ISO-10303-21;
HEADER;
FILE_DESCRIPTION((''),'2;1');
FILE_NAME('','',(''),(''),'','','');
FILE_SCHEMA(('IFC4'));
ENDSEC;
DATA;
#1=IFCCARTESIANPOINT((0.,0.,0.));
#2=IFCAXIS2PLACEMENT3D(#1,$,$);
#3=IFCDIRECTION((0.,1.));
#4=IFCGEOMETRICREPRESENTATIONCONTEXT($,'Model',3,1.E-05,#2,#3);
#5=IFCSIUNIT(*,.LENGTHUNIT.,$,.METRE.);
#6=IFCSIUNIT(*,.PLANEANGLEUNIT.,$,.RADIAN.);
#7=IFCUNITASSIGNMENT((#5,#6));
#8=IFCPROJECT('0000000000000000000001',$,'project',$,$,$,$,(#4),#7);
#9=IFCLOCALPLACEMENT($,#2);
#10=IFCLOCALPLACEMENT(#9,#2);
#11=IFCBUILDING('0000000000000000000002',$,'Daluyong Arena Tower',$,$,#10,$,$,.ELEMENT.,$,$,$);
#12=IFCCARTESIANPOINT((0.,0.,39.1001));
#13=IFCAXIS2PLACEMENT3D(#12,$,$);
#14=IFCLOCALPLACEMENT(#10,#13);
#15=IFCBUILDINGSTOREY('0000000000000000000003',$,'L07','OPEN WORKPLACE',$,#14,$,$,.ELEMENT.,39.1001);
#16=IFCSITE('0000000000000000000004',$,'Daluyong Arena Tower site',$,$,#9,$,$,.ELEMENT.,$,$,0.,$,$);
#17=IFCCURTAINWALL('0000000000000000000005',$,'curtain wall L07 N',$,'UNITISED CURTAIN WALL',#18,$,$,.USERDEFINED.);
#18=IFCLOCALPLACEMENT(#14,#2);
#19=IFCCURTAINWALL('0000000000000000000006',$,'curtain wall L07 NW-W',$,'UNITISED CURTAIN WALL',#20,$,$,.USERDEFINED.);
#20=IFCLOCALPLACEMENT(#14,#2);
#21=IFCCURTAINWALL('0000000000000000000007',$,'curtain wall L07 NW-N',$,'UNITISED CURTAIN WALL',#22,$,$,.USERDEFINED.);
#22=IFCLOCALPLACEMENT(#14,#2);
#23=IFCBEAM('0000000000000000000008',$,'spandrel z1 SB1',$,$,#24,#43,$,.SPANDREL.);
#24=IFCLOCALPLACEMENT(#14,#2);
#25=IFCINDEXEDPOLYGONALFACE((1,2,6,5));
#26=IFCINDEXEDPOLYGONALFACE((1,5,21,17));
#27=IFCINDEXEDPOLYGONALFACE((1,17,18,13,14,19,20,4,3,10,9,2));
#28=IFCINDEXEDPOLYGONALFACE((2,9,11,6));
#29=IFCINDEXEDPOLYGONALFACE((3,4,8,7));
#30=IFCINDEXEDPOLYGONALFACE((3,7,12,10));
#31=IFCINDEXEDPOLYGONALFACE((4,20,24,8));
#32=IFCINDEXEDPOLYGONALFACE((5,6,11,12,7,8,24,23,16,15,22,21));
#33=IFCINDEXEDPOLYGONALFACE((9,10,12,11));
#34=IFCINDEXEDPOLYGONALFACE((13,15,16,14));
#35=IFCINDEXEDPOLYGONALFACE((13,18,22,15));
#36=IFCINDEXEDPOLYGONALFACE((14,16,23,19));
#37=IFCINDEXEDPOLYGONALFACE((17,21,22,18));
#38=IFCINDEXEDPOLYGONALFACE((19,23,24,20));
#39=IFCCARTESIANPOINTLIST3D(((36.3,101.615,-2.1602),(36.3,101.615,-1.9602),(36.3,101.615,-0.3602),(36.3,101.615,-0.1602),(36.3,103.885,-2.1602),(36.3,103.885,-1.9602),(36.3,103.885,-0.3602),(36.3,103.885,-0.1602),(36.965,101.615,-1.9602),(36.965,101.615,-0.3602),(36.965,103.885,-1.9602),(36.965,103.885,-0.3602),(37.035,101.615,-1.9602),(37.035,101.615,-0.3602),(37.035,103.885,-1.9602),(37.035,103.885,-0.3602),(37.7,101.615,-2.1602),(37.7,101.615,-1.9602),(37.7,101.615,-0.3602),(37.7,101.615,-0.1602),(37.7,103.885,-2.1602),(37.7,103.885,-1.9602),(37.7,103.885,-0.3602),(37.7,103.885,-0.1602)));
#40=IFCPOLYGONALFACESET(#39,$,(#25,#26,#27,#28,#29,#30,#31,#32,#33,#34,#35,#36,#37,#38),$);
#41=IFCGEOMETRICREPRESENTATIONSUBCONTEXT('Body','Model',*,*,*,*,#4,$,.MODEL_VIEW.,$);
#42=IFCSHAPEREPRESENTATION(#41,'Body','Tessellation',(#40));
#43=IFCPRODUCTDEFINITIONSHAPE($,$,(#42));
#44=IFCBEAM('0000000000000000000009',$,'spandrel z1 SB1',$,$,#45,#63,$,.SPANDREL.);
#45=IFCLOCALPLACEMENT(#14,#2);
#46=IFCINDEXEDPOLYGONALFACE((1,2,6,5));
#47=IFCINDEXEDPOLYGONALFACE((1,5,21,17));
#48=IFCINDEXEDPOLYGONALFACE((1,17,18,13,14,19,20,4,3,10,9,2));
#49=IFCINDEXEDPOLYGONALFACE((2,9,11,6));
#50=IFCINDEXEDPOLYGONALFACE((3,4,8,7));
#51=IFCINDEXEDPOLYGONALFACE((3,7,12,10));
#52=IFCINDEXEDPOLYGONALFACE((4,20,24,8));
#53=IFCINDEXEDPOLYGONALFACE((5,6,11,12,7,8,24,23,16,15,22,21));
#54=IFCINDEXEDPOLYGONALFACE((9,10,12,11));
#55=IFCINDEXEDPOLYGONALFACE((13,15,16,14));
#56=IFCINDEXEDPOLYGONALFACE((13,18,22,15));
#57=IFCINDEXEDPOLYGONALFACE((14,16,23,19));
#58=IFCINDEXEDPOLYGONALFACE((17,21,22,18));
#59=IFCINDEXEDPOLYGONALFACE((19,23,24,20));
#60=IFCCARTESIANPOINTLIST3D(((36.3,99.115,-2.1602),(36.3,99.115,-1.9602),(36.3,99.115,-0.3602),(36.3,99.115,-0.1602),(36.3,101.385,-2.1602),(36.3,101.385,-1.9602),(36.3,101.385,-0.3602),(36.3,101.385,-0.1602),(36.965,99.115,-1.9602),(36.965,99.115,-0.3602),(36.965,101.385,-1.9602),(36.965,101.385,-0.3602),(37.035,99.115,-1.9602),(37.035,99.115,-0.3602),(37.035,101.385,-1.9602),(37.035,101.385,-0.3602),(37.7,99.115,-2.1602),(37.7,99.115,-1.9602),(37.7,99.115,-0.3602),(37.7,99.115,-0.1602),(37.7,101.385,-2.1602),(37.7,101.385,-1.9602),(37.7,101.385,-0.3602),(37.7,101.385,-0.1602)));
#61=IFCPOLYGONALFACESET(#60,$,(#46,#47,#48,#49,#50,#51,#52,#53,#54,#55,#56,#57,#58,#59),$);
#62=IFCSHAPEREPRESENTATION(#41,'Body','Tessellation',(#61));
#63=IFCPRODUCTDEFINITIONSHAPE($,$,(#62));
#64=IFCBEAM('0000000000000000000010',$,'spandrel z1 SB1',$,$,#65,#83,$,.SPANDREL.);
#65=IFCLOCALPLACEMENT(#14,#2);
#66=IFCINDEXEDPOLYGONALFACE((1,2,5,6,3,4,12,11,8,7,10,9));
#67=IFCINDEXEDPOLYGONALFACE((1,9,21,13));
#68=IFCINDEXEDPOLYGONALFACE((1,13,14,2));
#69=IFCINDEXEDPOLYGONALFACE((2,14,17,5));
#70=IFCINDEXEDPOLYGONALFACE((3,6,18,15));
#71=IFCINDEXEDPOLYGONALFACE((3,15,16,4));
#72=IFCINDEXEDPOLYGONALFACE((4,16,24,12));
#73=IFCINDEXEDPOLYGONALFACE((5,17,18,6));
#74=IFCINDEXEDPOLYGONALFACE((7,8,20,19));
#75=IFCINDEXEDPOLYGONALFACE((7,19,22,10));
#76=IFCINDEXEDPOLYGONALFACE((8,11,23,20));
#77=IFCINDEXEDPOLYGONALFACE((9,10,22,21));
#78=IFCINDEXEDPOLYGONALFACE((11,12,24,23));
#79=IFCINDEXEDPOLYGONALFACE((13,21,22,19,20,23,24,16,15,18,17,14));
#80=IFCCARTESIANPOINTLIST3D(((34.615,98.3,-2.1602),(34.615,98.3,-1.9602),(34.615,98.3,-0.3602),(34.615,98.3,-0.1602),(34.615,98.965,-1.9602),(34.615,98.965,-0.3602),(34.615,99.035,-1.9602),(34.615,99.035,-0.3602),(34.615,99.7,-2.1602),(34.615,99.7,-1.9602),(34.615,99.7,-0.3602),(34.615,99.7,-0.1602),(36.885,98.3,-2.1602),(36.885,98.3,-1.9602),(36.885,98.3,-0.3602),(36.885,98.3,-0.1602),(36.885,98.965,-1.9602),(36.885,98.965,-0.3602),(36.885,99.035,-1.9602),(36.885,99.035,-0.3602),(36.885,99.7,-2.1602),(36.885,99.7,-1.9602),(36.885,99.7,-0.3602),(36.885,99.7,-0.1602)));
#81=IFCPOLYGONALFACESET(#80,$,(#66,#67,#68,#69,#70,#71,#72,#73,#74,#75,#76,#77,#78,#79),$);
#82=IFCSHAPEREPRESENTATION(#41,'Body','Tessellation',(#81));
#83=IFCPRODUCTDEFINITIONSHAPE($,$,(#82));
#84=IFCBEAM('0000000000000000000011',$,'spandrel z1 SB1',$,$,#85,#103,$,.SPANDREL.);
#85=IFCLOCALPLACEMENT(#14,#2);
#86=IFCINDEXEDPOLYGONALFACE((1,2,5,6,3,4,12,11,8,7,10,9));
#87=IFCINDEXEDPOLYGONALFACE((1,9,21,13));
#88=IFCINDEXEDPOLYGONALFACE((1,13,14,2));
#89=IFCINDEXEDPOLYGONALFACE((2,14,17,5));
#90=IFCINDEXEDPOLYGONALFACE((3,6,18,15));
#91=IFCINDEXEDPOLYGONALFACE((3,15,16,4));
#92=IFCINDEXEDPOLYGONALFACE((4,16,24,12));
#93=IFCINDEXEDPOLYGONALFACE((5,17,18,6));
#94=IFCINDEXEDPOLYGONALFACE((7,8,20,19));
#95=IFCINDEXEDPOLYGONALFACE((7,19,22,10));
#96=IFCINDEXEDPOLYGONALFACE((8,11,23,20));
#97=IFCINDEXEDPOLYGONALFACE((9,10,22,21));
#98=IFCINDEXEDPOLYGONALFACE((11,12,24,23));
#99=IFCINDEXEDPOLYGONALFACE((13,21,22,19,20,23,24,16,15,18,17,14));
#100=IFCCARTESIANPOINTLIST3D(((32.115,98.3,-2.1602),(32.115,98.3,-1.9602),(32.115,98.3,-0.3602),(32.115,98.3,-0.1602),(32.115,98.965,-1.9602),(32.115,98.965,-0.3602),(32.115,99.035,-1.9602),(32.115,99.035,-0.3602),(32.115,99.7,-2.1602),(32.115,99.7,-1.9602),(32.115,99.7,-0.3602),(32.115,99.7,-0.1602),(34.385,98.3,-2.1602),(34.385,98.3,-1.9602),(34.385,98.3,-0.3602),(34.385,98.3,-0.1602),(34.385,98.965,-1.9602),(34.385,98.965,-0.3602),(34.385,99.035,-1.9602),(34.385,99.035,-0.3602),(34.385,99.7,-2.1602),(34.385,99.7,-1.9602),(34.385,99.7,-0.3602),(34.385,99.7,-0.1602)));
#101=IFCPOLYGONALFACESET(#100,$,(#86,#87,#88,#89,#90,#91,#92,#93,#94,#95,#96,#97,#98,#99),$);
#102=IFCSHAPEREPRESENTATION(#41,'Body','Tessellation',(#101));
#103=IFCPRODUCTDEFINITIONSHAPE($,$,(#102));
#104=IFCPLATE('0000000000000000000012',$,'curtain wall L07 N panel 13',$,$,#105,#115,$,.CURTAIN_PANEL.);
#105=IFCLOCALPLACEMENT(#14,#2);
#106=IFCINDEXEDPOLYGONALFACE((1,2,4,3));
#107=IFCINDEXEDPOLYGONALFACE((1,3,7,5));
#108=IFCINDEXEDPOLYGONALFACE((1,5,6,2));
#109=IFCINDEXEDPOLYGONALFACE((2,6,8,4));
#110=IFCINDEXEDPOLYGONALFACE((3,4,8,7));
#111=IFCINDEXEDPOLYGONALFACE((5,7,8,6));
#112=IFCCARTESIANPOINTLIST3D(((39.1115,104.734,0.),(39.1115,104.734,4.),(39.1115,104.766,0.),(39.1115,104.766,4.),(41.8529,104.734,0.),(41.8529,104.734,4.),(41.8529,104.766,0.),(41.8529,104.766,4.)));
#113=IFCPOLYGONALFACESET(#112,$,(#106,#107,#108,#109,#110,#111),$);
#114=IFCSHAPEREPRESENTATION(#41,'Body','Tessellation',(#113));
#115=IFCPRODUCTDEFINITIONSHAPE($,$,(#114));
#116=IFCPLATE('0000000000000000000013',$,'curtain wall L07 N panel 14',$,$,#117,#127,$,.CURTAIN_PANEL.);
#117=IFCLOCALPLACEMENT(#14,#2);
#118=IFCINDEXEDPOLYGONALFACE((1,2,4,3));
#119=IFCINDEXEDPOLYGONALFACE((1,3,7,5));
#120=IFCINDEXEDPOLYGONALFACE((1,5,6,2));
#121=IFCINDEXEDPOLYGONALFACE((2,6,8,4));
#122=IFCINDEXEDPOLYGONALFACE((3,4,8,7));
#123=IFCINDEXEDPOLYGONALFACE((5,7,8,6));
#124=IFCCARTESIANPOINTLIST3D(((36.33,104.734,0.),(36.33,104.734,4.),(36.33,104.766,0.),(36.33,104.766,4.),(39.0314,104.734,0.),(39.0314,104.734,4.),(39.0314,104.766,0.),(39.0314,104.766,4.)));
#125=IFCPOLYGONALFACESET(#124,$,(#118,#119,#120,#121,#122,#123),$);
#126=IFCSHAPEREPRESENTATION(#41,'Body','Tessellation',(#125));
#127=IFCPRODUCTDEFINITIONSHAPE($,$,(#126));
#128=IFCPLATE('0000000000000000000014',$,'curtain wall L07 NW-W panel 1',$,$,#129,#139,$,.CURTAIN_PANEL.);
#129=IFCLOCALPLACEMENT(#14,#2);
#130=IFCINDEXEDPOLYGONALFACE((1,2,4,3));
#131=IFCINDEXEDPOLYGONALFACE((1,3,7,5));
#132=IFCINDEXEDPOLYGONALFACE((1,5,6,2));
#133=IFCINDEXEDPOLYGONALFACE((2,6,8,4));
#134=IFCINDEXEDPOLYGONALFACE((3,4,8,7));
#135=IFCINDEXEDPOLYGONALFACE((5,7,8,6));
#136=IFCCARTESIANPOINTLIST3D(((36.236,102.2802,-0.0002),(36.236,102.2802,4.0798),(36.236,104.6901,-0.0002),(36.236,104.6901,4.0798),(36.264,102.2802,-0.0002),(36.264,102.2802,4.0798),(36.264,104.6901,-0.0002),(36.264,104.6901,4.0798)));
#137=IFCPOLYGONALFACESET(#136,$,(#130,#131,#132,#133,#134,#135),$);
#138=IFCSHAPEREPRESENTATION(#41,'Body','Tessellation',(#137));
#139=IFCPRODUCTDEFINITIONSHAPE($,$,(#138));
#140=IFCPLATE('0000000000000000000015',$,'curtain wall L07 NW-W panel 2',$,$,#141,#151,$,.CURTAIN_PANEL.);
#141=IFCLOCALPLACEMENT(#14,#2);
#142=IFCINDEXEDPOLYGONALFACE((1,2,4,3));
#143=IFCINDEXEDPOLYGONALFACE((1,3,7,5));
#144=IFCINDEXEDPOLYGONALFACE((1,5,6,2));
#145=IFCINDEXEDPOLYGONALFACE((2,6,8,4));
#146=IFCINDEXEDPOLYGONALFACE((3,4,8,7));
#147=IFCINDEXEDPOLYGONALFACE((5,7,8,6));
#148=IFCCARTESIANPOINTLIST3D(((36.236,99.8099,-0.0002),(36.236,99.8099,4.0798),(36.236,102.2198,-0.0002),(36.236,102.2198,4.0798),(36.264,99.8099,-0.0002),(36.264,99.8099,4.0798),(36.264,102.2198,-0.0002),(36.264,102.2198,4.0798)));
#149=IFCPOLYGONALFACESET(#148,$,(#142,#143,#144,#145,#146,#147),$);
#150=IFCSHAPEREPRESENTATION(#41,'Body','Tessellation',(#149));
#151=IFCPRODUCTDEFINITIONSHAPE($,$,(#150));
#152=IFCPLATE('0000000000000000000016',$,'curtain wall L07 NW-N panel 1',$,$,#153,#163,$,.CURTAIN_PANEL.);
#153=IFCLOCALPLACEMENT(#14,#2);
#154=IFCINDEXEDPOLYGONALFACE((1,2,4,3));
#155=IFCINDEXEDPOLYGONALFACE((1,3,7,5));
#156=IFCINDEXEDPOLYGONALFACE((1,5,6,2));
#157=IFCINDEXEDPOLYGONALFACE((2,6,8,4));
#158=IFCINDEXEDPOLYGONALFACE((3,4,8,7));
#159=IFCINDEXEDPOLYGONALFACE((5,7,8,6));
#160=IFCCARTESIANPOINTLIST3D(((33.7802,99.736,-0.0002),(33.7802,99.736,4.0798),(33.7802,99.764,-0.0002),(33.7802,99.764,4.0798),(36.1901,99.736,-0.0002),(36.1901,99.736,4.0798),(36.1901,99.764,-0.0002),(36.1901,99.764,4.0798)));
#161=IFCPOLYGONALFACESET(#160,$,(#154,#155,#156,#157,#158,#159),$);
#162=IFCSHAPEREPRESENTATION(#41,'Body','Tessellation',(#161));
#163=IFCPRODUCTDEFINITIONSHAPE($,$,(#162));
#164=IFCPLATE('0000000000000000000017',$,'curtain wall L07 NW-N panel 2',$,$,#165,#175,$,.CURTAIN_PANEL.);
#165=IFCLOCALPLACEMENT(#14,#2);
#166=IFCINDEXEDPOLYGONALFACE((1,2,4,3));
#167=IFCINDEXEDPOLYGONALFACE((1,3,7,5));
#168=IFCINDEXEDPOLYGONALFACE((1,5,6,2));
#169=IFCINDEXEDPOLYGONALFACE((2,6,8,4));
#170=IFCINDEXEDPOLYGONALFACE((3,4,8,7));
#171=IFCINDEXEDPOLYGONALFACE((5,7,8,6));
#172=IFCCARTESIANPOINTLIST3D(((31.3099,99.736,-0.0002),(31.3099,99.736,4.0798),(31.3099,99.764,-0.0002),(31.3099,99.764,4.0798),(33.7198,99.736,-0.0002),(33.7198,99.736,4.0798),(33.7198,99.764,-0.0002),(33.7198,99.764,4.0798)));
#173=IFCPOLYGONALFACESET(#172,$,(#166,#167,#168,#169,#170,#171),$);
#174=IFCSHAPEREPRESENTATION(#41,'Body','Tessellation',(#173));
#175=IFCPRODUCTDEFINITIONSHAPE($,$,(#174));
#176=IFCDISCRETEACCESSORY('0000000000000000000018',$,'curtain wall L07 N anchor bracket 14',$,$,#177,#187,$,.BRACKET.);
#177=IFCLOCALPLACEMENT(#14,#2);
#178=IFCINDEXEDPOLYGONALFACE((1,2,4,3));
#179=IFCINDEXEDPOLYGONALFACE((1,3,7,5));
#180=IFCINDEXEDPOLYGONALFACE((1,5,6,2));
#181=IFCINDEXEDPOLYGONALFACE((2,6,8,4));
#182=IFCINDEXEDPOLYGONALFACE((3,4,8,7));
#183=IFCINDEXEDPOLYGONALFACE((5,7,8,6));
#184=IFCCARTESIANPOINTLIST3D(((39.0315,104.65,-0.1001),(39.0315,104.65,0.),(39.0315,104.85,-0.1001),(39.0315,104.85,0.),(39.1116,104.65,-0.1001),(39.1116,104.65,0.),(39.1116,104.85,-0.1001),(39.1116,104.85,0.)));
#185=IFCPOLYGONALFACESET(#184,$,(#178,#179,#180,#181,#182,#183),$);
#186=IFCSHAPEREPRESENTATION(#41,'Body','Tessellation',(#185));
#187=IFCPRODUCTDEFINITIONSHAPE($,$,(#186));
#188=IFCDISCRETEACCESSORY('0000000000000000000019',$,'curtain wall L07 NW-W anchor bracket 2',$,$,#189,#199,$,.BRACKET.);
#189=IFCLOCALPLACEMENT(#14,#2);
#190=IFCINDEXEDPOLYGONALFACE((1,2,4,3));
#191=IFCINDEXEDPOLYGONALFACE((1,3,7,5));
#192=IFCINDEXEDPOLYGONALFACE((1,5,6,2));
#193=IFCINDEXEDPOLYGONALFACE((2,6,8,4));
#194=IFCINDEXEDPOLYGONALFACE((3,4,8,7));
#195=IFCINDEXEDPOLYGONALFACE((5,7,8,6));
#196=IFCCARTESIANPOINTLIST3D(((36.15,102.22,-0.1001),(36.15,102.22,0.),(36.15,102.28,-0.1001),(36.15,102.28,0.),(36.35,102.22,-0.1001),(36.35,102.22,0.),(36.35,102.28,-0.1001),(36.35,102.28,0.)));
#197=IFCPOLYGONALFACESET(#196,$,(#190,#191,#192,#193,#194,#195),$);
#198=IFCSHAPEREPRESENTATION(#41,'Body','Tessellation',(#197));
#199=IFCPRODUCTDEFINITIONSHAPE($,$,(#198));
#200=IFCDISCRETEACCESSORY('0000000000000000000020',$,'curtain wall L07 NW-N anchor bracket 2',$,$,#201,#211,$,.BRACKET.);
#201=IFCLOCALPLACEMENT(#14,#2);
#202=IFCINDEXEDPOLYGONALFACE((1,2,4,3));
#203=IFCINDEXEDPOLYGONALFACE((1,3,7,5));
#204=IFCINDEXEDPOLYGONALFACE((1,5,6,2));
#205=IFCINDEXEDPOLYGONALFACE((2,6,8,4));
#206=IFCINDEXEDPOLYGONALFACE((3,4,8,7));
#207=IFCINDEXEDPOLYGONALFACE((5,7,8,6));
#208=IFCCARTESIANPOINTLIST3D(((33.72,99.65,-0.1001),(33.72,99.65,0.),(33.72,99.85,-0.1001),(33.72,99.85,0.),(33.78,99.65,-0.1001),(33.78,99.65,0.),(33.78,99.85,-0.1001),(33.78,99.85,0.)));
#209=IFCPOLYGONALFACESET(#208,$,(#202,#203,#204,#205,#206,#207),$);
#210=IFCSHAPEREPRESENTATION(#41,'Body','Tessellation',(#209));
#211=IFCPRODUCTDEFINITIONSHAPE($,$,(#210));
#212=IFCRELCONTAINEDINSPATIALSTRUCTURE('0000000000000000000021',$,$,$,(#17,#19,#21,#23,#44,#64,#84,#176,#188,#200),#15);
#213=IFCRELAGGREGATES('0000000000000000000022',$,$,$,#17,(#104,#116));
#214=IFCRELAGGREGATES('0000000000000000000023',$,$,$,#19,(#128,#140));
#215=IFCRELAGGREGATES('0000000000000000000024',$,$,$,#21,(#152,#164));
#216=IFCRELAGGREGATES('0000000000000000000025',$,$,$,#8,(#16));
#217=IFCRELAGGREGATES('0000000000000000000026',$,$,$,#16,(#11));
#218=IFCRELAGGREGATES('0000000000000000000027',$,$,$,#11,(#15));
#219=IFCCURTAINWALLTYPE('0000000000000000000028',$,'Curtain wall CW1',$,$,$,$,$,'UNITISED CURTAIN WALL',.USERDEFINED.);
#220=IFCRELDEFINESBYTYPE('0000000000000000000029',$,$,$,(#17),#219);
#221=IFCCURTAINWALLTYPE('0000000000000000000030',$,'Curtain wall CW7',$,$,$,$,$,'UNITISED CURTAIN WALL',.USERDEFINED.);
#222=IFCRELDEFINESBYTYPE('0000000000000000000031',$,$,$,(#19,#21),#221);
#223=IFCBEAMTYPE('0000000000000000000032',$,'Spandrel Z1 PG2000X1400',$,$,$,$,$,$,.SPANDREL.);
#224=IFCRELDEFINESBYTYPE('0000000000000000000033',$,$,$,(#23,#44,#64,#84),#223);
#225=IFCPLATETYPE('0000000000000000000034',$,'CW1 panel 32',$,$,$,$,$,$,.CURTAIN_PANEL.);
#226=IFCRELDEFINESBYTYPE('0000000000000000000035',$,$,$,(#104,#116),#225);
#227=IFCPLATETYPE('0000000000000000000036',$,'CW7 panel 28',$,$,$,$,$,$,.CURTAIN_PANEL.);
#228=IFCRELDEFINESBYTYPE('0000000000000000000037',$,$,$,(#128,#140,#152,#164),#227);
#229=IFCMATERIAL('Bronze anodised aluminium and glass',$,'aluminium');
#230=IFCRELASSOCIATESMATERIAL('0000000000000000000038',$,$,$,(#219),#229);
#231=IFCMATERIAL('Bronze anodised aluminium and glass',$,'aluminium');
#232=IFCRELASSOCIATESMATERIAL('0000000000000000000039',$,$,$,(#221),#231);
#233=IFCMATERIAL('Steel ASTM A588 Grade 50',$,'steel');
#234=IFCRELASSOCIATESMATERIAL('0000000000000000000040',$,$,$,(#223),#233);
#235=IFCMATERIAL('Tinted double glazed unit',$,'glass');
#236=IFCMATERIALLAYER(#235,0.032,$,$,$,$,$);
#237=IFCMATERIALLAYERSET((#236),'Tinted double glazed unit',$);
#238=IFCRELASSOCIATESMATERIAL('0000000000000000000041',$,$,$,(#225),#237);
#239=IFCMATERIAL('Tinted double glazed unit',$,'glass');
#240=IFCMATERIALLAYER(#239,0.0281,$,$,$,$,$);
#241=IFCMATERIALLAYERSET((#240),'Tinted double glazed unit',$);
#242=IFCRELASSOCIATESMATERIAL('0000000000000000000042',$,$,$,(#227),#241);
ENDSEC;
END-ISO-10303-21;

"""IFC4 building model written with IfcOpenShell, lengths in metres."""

from ifc_helpers import new_model, si_unit, direction, frame, origin, origin_2d, place, context, subcontext, project, spatial, rectangle, i_section, extrude, material, layer, layer_set, material_profile, profile_set, type_object, element, aggregate, save


model = new_model("IFC4")

# Units and contexts
model_context = context("Model", 3, precision=1e-05, world=origin(), true_north=direction((0.0, 1.0)))
body_context = subcontext(model_context, "Body", "Model", "MODEL_VIEW")
ifc_project = project(units=[si_unit("LENGTHUNIT", "METRE"), si_unit("PLANEANGLEUNIT", "RADIAN")], contexts=[model_context])

# Site, building, storey
site_placement = place(None, origin())
site = spatial("IfcSite", under=ifc_project, at=site_placement, Name="Daluyong Arena Tower site", CompositionType="ELEMENT", RefElevation=0.0)
building_placement = place(site_placement, origin())
building = spatial("IfcBuilding", under=site, at=building_placement, Name="Daluyong Arena Tower", CompositionType="ELEMENT")
storey_placement = place(building_placement, frame((0.0, 0.0, 39.1001)))
storey = spatial("IfcBuildingStorey", under=building, at=storey_placement, Name="L07", Description="OPEN WORKPLACE", CompositionType="ELEMENT", Elevation=39.1001)

# Curtain wall
ifc_material_1 = material(Name="Bronze anodised aluminium and glass", Category="aluminium")
curtain_wall_type_1 = type_object("IfcCurtainWallType", Name="Curtain wall CW1", ElementType="UNITISED CURTAIN WALL", PredefinedType="USERDEFINED", material=ifc_material_1)
curtain_wall_1_placement = place(storey_placement, origin())
curtain_wall_1 = element("IfcCurtainWall", 1, at=curtain_wall_1_placement, inside=storey, type_object=curtain_wall_type_1, Name="curtain wall L07 N", ObjectType="UNITISED CURTAIN WALL", PredefinedType="USERDEFINED")

# Curtain walls
ifc_material_2 = material(Name="Bronze anodised aluminium and glass", Category="aluminium")
curtain_wall_type_2 = type_object("IfcCurtainWallType", Name="Curtain wall CW7", ElementType="UNITISED CURTAIN WALL", PredefinedType="USERDEFINED", material=ifc_material_2)
curtain_wall_2_placement = place(storey_placement, origin())
curtain_wall_2 = element("IfcCurtainWall", 2, at=curtain_wall_2_placement, inside=storey, type_object=curtain_wall_type_2, Name="curtain wall L07 NW-W", ObjectType="UNITISED CURTAIN WALL", PredefinedType="USERDEFINED")
curtain_wall_3_placement = place(storey_placement, origin())
curtain_wall_3 = element("IfcCurtainWall", 3, at=curtain_wall_3_placement, inside=storey, type_object=curtain_wall_type_2, Name="curtain wall L07 NW-N", ObjectType="UNITISED CURTAIN WALL", PredefinedType="USERDEFINED")

# Beams
ifc_material_3 = material(Name="Steel ASTM A588 Grade 50", Category="steel")
ifc_material_profile_1 = material_profile(ifc_material_3, i_section(OverallWidth=1.3999, OverallDepth=2.0, WebThickness=0.07, FlangeThickness=0.2, at=origin_2d()))
ifc_profile_set_1 = profile_set([ifc_material_profile_1], Name="Steel ASTM A588 Grade 50")
beam_type_1 = type_object("IfcBeamType", Name="Spandrel Z1 PG2000X1400", PredefinedType="SPANDREL", material=ifc_profile_set_1)
for number, where, z_axis, x_axis, name in (
    (4, (37.0, 103.885, -1.1602), (0.0, -1.0, 0.0), (1.0, 0.0, 0.0), "spandrel z1 SB1"),
    (5, (37.0, 101.385, -1.1602), (0.0, -1.0, 0.0), (1.0, 0.0, 0.0), "spandrel z1 SB1"),
    (6, (36.885, 99.0, -1.1602), (-1.0, 0.0, 0.0), (0.0, -1.0, 0.0), "spandrel z1 SB1"),
    (7, (34.385, 99.0, -1.1602), (-1.0, 0.0, 0.0), (0.0, -1.0, 0.0), "spandrel z1 SB1"),
):
    element("IfcBeam", number, at=place(storey_placement, frame(where, z_axis=z_axis, x_axis=x_axis)), inside=storey, type_object=beam_type_1, Name=name, PredefinedType="SPANDREL", context=body_context, shape_type="SweptSolid", body=[
        extrude(i_section(OverallWidth=1.3999, OverallDepth=2.0, WebThickness=0.07, FlangeThickness=0.2, at=origin_2d()), origin(), (0.0, 0.0, 1.0), 2.27),
    ])

# Plates
ifc_material_4 = material(Name="Tinted double glazed unit", Category="glass")
ifc_layer_1 = layer(ifc_material_4, 0.032)
ifc_layer_set_1 = layer_set([ifc_layer_1], Name="Tinted double glazed unit")
plate_type_1 = type_object("IfcPlateType", Name="CW1 panel 32", PredefinedType="CURTAIN_PANEL", material=ifc_layer_set_1)
plate_1_placement = place(storey_placement, frame((40.4822, 104.75, 0.0), z_axis=(0.0, 0.0, 1.0), x_axis=(-1.0, 0.0, 0.0)))
plate_1 = element("IfcPlate", 8, at=plate_1_placement, type_object=plate_type_1, Name="curtain wall L07 N panel 13", PredefinedType="CURTAIN_PANEL", context=body_context, shape_type="SweptSolid", body=[
    extrude(rectangle(XDim=2.7415, YDim=0.032, at=origin_2d()), origin(), (0.0, 0.0, 1.0), 4.0),
])
plate_2_placement = place(storey_placement, frame((37.6807, 104.75, 0.0), z_axis=(0.0, 0.0, 1.0), x_axis=(-1.0, 0.0, 0.0)))
plate_2 = element("IfcPlate", 9, at=plate_2_placement, type_object=plate_type_1, Name="curtain wall L07 N panel 14", PredefinedType="CURTAIN_PANEL", context=body_context, shape_type="SweptSolid", body=[
    extrude(rectangle(XDim=2.7014, YDim=0.032, at=origin_2d()), origin(), (0.0, 0.0, 1.0), 4.0),
])
aggregate(curtain_wall_1, [plate_1, plate_2])
ifc_material_5 = material(Name="Tinted double glazed unit", Category="glass")
ifc_layer_2 = layer(ifc_material_5, 0.0281)
ifc_layer_set_2 = layer_set([ifc_layer_2], Name="Tinted double glazed unit")
plate_type_2 = type_object("IfcPlateType", Name="CW7 panel 28", PredefinedType="CURTAIN_PANEL", material=ifc_layer_set_2)
plate_3_placement = place(storey_placement, frame((36.25, 103.4851, -0.0002), z_axis=(0.0, 0.0, 1.0), x_axis=(0.0, -1.0, 0.0)))
plate_3 = element("IfcPlate", 10, at=plate_3_placement, type_object=plate_type_2, Name="curtain wall L07 NW-W panel 1", PredefinedType="CURTAIN_PANEL", context=body_context, shape_type="SweptSolid", body=[
    extrude(rectangle(XDim=2.4099, YDim=0.0281, at=origin_2d()), origin(), (0.0, 0.0, 1.0), 4.0801),
])
plate_4_placement = place(storey_placement, frame((36.25, 101.0149, -0.0002), z_axis=(0.0, 0.0, 1.0), x_axis=(0.0, -1.0, 0.0)))
plate_4 = element("IfcPlate", 11, at=plate_4_placement, type_object=plate_type_2, Name="curtain wall L07 NW-W panel 2", PredefinedType="CURTAIN_PANEL", context=body_context, shape_type="SweptSolid", body=[
    extrude(rectangle(XDim=2.4099, YDim=0.0281, at=origin_2d()), origin(), (0.0, 0.0, 1.0), 4.0801),
])
aggregate(curtain_wall_2, [plate_3, plate_4])
plate_5_placement = place(storey_placement, frame((34.9851, 99.75, -0.0002), z_axis=(0.0, 0.0, 1.0), x_axis=(-1.0, 0.0, 0.0)))
plate_5 = element("IfcPlate", 12, at=plate_5_placement, type_object=plate_type_2, Name="curtain wall L07 NW-N panel 1", PredefinedType="CURTAIN_PANEL", context=body_context, shape_type="SweptSolid", body=[
    extrude(rectangle(XDim=2.4099, YDim=0.0281, at=origin_2d()), origin(), (0.0, 0.0, 1.0), 4.0801),
])
plate_6_placement = place(storey_placement, frame((32.5149, 99.75, -0.0002), z_axis=(0.0, 0.0, 1.0), x_axis=(-1.0, 0.0, 0.0)))
plate_6 = element("IfcPlate", 13, at=plate_6_placement, type_object=plate_type_2, Name="curtain wall L07 NW-N panel 2", PredefinedType="CURTAIN_PANEL", context=body_context, shape_type="SweptSolid", body=[
    extrude(rectangle(XDim=2.4099, YDim=0.0281, at=origin_2d()), origin(), (0.0, 0.0, 1.0), 4.0801),
])
aggregate(curtain_wall_3, [plate_5, plate_6])

# Discrete accessories
discrete_accessory_placement = place(storey_placement, frame((39.0715, 104.75, -0.1001), z_axis=(0.0, 0.0, 1.0), x_axis=(-1.0, 0.0, 0.0)))
element("IfcDiscreteAccessory", 14, at=discrete_accessory_placement, inside=storey, Name="curtain wall L07 N anchor bracket 14", PredefinedType="BRACKET", context=body_context, shape_type="SweptSolid", body=[
    extrude(rectangle(XDim=0.0801, YDim=0.2, at=origin_2d()), origin(), (0.0, 0.0, 1.0), 0.1001),
])
for number, where, z_axis, x_axis, name in (
    (15, (36.25, 102.25, -0.1001), (0.0, 0.0, 1.0), (0.0, -1.0, 0.0), "curtain wall L07 NW-W anchor bracket 2"),
    (16, (33.75, 99.75, -0.1001), (0.0, 0.0, 1.0), (-1.0, 0.0, 0.0), "curtain wall L07 NW-N anchor bracket 2"),
):
    element("IfcDiscreteAccessory", number, at=place(storey_placement, frame(where, z_axis=z_axis, x_axis=x_axis)), inside=storey, Name=name, PredefinedType="BRACKET", context=body_context, shape_type="SweptSolid", body=[
        extrude(rectangle(XDim=0.0601, YDim=0.2, at=origin_2d()), origin(), (0.0, 0.0, 1.0), 0.1001),
    ])

save(model, "model.ifc")
